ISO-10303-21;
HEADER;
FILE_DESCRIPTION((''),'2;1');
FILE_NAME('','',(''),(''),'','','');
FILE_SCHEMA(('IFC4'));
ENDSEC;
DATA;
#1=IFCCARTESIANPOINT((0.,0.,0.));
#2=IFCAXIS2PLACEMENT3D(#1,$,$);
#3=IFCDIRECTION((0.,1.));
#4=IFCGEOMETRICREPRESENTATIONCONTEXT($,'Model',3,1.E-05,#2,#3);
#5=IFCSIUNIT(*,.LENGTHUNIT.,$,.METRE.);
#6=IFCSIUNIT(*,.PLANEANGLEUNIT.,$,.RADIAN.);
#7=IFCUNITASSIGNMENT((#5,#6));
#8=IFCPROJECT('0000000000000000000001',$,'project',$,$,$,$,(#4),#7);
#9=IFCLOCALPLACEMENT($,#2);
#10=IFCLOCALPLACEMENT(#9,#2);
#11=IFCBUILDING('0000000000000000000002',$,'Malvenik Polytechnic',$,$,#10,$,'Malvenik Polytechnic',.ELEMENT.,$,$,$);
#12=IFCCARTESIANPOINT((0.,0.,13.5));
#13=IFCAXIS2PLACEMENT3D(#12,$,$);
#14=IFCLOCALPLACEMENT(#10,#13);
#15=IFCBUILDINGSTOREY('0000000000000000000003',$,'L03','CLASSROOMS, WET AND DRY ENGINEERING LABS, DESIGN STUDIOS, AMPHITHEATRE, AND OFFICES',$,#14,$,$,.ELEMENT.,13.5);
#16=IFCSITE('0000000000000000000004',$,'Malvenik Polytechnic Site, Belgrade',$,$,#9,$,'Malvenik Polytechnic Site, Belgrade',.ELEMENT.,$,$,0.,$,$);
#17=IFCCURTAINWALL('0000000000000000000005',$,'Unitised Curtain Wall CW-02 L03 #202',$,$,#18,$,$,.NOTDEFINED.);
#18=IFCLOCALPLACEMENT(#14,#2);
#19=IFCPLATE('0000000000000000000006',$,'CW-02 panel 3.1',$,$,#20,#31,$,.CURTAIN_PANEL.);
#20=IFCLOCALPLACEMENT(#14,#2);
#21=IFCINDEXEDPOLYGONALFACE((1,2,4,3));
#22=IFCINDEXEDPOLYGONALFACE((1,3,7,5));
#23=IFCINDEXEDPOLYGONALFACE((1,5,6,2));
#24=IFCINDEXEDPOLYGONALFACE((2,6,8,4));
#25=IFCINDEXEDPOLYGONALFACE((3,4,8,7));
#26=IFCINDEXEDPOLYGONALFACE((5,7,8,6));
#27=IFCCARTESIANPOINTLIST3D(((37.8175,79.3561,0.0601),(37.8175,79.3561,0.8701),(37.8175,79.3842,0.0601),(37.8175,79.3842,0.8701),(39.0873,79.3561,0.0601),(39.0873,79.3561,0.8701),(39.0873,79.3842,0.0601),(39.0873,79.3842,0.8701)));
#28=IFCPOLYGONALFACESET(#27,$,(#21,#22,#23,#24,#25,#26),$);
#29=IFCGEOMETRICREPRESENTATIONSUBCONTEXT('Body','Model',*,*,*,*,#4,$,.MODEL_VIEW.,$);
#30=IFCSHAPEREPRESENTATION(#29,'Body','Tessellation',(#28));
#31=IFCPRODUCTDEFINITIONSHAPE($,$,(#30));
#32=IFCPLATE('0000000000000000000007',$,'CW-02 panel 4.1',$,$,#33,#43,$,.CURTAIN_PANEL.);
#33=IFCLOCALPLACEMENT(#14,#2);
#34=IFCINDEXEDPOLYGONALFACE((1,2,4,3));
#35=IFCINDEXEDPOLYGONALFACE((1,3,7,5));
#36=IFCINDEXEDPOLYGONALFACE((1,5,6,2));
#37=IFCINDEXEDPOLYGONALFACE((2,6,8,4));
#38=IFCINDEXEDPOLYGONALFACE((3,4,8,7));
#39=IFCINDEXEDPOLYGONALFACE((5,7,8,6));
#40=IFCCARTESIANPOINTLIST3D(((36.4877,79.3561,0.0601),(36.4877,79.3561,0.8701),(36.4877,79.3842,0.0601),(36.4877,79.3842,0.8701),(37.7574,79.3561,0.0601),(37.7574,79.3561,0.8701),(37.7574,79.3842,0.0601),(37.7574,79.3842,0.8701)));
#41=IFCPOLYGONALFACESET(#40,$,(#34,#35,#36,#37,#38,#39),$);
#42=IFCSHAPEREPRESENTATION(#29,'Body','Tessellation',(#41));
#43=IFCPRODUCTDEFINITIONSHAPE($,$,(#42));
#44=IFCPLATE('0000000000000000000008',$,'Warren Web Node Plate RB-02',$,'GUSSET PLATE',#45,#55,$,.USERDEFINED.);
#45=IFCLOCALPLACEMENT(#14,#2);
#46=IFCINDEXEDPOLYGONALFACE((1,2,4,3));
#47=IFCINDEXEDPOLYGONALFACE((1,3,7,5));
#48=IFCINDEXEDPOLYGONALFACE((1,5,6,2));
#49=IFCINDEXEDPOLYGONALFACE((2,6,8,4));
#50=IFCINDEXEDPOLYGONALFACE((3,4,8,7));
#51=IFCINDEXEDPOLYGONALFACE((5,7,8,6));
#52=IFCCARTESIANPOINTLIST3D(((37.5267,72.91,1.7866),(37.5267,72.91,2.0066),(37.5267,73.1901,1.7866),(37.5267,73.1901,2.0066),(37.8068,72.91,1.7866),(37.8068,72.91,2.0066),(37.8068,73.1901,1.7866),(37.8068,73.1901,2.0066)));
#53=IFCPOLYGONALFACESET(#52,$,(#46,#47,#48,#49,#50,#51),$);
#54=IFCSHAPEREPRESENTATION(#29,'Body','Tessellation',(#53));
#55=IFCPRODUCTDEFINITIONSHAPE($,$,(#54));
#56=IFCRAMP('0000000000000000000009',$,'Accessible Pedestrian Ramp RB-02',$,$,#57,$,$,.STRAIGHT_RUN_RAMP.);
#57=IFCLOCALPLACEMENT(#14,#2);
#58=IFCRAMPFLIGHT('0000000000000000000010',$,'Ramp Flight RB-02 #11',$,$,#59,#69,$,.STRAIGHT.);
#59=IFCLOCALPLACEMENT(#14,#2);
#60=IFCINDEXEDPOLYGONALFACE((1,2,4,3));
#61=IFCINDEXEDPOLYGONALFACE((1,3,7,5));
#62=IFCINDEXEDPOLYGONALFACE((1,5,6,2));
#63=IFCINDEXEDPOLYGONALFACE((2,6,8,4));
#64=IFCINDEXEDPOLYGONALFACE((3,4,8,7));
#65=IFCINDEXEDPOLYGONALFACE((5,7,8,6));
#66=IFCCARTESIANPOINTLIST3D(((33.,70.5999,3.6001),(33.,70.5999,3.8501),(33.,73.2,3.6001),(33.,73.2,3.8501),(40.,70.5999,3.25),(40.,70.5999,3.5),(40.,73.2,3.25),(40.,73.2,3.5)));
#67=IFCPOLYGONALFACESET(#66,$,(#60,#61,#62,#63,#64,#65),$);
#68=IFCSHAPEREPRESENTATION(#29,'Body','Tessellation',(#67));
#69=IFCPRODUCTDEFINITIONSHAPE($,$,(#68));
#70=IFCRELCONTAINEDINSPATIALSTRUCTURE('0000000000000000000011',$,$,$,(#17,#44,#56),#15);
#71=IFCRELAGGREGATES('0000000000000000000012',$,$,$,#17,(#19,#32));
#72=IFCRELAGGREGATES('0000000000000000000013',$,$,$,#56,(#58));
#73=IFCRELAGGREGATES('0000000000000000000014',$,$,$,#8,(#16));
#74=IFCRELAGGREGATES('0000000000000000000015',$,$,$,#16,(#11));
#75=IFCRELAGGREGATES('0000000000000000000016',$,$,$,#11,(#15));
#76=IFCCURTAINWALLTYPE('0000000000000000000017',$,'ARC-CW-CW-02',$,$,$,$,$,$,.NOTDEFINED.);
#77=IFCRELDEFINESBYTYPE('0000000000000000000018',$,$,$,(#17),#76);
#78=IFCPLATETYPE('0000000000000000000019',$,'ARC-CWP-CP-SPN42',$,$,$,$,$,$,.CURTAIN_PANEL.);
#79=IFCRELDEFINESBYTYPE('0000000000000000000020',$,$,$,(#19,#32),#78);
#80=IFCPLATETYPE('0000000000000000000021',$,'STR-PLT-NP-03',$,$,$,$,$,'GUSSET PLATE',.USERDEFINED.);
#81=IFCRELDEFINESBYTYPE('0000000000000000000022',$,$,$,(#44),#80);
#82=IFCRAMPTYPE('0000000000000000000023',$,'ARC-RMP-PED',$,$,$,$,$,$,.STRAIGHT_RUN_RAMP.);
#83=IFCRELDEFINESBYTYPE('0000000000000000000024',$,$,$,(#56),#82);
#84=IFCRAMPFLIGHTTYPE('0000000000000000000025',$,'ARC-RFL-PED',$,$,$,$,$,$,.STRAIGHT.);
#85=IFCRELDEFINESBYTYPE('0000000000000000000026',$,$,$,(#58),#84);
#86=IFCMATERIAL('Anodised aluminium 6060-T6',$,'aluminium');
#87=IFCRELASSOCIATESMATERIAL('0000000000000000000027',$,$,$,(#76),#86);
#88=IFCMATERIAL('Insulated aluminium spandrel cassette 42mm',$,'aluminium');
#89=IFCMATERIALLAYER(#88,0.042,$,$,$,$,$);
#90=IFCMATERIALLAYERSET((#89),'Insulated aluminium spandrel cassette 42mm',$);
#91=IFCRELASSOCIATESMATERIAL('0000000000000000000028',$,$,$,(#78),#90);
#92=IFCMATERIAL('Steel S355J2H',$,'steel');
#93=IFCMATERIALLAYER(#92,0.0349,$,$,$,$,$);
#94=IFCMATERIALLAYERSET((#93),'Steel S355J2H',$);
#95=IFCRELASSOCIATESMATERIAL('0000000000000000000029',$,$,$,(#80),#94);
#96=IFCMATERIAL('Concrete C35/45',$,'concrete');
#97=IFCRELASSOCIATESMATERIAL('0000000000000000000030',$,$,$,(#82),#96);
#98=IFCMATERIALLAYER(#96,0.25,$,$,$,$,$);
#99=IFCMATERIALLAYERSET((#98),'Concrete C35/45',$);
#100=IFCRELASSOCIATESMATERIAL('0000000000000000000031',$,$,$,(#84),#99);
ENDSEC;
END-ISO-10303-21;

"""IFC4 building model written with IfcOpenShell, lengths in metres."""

from ifc_helpers import new_model, si_unit, direction, frame, origin, origin_2d, place, context, subcontext, project, spatial, polyline, rectangle, outline, extrude, material, layer, layer_set, type_object, element, aggregate, save


model = new_model("IFC4")

# Units and contexts
model_context = context("Model", 3, precision=1e-05, world=origin(), true_north=direction((0.0, 1.0)))
body_context = subcontext(model_context, "Body", "Model", "MODEL_VIEW")
ifc_project = project(units=[si_unit("LENGTHUNIT", "METRE"), si_unit("PLANEANGLEUNIT", "RADIAN")], contexts=[model_context])

# Site, building, storey
site_placement = place(None, origin())
site = spatial("IfcSite", under=ifc_project, at=site_placement, Name="Malvenik Polytechnic Site, Belgrade", LongName="Malvenik Polytechnic Site, Belgrade", CompositionType="ELEMENT", RefElevation=0.0)
building_placement = place(site_placement, origin())
building = spatial("IfcBuilding", under=site, at=building_placement, Name="Malvenik Polytechnic", LongName="Malvenik Polytechnic", CompositionType="ELEMENT")
storey_placement = place(building_placement, frame((0.0, 0.0, 13.5)))
storey = spatial("IfcBuildingStorey", under=building, at=storey_placement, Name="L03", Description="CLASSROOMS, WET AND DRY ENGINEERING LABS, DESIGN STUDIOS, AMPHITHEATRE, AND OFFICES", CompositionType="ELEMENT", Elevation=13.5)

# Curtain wall
ifc_material_1 = material(Name="Anodised aluminium 6060-T6", Category="aluminium")
curtain_wall_type = type_object("IfcCurtainWallType", Name="ARC-CW-CW-02", PredefinedType="NOTDEFINED", material=ifc_material_1)
curtain_wall_placement = place(storey_placement, origin())
curtain_wall = element("IfcCurtainWall", 1, at=curtain_wall_placement, inside=storey, type_object=curtain_wall_type, Name="Unitised Curtain Wall CW-02 L03 #202", PredefinedType="NOTDEFINED")

# Shared definitions
ifc_material_2 = material(Name="Steel S355J2H", Category="steel")

# Plates
ifc_material_3 = material(Name="Insulated aluminium spandrel cassette 42mm", Category="aluminium")
ifc_layer_1 = layer(ifc_material_3, 0.042)
ifc_layer_set_1 = layer_set([ifc_layer_1], Name="Insulated aluminium spandrel cassette 42mm")
plate_type_1 = type_object("IfcPlateType", Name="ARC-CWP-CP-SPN42", PredefinedType="CURTAIN_PANEL", material=ifc_layer_set_1)
plate_1_placement = place(storey_placement, frame((38.4524, 79.3701, 0.0601), z_axis=(0.0, 0.0, 1.0), x_axis=(-1.0, 0.0, 0.0)))
plate_1 = element("IfcPlate", 2, at=plate_1_placement, type_object=plate_type_1, Name="CW-02 panel 3.1", PredefinedType="CURTAIN_PANEL", context=body_context, shape_type="SweptSolid", body=[
    extrude(rectangle(XDim=1.2698, YDim=0.0281, at=origin_2d()), origin(), (0.0, 0.0, 1.0), 0.8101),
])
plate_2_placement = place(storey_placement, frame((37.1226, 79.3701, 0.0601), z_axis=(0.0, 0.0, 1.0), x_axis=(-1.0, 0.0, 0.0)))
plate_2 = element("IfcPlate", 3, at=plate_2_placement, type_object=plate_type_1, Name="CW-02 panel 4.1", PredefinedType="CURTAIN_PANEL", context=body_context, shape_type="SweptSolid", body=[
    extrude(rectangle(XDim=1.2698, YDim=0.0281, at=origin_2d()), origin(), (0.0, 0.0, 1.0), 0.8101),
])
aggregate(curtain_wall, [plate_1, plate_2])
ifc_layer_2 = layer(ifc_material_2, 0.0349)
ifc_layer_set_2 = layer_set([ifc_layer_2], Name="Steel S355J2H")
plate_type_2 = type_object("IfcPlateType", Name="STR-PLT-NP-03", ElementType="GUSSET PLATE", PredefinedType="USERDEFINED", material=ifc_layer_set_2)
plate_3_placement = place(storey_placement, frame((37.6667, 73.05, 1.7866), z_axis=(0.0, 0.0, 1.0), x_axis=(1.0, 0.0, 0.0)))
element("IfcPlate", 4, at=plate_3_placement, inside=storey, type_object=plate_type_2, Name="Warren Web Node Plate RB-02", ObjectType="GUSSET PLATE", PredefinedType="USERDEFINED", context=body_context, shape_type="SweptSolid", body=[
    extrude(rectangle(XDim=0.28, YDim=0.28, at=origin_2d()), origin(), (0.0, 0.0, 1.0), 0.22),
])

# Ramp, ramp flight
ifc_material_4 = material(Name="Concrete C35/45", Category="concrete")
ramp_type = type_object("IfcRampType", Name="ARC-RMP-PED", PredefinedType="STRAIGHT_RUN_RAMP", material=ifc_material_4)
ramp_placement = place(storey_placement, origin())
ramp = element("IfcRamp", 5, at=ramp_placement, inside=storey, type_object=ramp_type, Name="Accessible Pedestrian Ramp RB-02", PredefinedType="STRAIGHT_RUN_RAMP")
ifc_layer_3 = layer(ifc_material_4, 0.25)
ifc_layer_set_3 = layer_set([ifc_layer_3], Name="Concrete C35/45")
ramp_flight_type = type_object("IfcRampFlightType", Name="ARC-RFL-PED", PredefinedType="STRAIGHT", material=ifc_layer_set_3)
ramp_flight_placement = place(storey_placement, frame((40.0, 71.8999, 3.5), z_axis=(0.0, 0.0, 1.0), x_axis=(-1.0, 0.0, 0.0)))
ramp_flight = element("IfcRampFlight", 6, at=ramp_flight_placement, type_object=ramp_flight_type, Name="Ramp Flight RB-02 #11", PredefinedType="STRAIGHT", context=body_context, shape_type="SweptSolid", body=[
    extrude(outline(polyline([(0.0, -0.25), (7.0, 0.1001), (7.0, 0.3501), (0.0, 0.0), (0.0, -0.25)])), frame((0.0, 1.3, 0.0), z_axis=(0.0, -1.0, 0.0), x_axis=(1.0, 0.0, 0.0)), (0.0, 0.0, 1.0), 2.6001),
])
aggregate(ramp, [ramp_flight])

save(model, "model.ifc")
